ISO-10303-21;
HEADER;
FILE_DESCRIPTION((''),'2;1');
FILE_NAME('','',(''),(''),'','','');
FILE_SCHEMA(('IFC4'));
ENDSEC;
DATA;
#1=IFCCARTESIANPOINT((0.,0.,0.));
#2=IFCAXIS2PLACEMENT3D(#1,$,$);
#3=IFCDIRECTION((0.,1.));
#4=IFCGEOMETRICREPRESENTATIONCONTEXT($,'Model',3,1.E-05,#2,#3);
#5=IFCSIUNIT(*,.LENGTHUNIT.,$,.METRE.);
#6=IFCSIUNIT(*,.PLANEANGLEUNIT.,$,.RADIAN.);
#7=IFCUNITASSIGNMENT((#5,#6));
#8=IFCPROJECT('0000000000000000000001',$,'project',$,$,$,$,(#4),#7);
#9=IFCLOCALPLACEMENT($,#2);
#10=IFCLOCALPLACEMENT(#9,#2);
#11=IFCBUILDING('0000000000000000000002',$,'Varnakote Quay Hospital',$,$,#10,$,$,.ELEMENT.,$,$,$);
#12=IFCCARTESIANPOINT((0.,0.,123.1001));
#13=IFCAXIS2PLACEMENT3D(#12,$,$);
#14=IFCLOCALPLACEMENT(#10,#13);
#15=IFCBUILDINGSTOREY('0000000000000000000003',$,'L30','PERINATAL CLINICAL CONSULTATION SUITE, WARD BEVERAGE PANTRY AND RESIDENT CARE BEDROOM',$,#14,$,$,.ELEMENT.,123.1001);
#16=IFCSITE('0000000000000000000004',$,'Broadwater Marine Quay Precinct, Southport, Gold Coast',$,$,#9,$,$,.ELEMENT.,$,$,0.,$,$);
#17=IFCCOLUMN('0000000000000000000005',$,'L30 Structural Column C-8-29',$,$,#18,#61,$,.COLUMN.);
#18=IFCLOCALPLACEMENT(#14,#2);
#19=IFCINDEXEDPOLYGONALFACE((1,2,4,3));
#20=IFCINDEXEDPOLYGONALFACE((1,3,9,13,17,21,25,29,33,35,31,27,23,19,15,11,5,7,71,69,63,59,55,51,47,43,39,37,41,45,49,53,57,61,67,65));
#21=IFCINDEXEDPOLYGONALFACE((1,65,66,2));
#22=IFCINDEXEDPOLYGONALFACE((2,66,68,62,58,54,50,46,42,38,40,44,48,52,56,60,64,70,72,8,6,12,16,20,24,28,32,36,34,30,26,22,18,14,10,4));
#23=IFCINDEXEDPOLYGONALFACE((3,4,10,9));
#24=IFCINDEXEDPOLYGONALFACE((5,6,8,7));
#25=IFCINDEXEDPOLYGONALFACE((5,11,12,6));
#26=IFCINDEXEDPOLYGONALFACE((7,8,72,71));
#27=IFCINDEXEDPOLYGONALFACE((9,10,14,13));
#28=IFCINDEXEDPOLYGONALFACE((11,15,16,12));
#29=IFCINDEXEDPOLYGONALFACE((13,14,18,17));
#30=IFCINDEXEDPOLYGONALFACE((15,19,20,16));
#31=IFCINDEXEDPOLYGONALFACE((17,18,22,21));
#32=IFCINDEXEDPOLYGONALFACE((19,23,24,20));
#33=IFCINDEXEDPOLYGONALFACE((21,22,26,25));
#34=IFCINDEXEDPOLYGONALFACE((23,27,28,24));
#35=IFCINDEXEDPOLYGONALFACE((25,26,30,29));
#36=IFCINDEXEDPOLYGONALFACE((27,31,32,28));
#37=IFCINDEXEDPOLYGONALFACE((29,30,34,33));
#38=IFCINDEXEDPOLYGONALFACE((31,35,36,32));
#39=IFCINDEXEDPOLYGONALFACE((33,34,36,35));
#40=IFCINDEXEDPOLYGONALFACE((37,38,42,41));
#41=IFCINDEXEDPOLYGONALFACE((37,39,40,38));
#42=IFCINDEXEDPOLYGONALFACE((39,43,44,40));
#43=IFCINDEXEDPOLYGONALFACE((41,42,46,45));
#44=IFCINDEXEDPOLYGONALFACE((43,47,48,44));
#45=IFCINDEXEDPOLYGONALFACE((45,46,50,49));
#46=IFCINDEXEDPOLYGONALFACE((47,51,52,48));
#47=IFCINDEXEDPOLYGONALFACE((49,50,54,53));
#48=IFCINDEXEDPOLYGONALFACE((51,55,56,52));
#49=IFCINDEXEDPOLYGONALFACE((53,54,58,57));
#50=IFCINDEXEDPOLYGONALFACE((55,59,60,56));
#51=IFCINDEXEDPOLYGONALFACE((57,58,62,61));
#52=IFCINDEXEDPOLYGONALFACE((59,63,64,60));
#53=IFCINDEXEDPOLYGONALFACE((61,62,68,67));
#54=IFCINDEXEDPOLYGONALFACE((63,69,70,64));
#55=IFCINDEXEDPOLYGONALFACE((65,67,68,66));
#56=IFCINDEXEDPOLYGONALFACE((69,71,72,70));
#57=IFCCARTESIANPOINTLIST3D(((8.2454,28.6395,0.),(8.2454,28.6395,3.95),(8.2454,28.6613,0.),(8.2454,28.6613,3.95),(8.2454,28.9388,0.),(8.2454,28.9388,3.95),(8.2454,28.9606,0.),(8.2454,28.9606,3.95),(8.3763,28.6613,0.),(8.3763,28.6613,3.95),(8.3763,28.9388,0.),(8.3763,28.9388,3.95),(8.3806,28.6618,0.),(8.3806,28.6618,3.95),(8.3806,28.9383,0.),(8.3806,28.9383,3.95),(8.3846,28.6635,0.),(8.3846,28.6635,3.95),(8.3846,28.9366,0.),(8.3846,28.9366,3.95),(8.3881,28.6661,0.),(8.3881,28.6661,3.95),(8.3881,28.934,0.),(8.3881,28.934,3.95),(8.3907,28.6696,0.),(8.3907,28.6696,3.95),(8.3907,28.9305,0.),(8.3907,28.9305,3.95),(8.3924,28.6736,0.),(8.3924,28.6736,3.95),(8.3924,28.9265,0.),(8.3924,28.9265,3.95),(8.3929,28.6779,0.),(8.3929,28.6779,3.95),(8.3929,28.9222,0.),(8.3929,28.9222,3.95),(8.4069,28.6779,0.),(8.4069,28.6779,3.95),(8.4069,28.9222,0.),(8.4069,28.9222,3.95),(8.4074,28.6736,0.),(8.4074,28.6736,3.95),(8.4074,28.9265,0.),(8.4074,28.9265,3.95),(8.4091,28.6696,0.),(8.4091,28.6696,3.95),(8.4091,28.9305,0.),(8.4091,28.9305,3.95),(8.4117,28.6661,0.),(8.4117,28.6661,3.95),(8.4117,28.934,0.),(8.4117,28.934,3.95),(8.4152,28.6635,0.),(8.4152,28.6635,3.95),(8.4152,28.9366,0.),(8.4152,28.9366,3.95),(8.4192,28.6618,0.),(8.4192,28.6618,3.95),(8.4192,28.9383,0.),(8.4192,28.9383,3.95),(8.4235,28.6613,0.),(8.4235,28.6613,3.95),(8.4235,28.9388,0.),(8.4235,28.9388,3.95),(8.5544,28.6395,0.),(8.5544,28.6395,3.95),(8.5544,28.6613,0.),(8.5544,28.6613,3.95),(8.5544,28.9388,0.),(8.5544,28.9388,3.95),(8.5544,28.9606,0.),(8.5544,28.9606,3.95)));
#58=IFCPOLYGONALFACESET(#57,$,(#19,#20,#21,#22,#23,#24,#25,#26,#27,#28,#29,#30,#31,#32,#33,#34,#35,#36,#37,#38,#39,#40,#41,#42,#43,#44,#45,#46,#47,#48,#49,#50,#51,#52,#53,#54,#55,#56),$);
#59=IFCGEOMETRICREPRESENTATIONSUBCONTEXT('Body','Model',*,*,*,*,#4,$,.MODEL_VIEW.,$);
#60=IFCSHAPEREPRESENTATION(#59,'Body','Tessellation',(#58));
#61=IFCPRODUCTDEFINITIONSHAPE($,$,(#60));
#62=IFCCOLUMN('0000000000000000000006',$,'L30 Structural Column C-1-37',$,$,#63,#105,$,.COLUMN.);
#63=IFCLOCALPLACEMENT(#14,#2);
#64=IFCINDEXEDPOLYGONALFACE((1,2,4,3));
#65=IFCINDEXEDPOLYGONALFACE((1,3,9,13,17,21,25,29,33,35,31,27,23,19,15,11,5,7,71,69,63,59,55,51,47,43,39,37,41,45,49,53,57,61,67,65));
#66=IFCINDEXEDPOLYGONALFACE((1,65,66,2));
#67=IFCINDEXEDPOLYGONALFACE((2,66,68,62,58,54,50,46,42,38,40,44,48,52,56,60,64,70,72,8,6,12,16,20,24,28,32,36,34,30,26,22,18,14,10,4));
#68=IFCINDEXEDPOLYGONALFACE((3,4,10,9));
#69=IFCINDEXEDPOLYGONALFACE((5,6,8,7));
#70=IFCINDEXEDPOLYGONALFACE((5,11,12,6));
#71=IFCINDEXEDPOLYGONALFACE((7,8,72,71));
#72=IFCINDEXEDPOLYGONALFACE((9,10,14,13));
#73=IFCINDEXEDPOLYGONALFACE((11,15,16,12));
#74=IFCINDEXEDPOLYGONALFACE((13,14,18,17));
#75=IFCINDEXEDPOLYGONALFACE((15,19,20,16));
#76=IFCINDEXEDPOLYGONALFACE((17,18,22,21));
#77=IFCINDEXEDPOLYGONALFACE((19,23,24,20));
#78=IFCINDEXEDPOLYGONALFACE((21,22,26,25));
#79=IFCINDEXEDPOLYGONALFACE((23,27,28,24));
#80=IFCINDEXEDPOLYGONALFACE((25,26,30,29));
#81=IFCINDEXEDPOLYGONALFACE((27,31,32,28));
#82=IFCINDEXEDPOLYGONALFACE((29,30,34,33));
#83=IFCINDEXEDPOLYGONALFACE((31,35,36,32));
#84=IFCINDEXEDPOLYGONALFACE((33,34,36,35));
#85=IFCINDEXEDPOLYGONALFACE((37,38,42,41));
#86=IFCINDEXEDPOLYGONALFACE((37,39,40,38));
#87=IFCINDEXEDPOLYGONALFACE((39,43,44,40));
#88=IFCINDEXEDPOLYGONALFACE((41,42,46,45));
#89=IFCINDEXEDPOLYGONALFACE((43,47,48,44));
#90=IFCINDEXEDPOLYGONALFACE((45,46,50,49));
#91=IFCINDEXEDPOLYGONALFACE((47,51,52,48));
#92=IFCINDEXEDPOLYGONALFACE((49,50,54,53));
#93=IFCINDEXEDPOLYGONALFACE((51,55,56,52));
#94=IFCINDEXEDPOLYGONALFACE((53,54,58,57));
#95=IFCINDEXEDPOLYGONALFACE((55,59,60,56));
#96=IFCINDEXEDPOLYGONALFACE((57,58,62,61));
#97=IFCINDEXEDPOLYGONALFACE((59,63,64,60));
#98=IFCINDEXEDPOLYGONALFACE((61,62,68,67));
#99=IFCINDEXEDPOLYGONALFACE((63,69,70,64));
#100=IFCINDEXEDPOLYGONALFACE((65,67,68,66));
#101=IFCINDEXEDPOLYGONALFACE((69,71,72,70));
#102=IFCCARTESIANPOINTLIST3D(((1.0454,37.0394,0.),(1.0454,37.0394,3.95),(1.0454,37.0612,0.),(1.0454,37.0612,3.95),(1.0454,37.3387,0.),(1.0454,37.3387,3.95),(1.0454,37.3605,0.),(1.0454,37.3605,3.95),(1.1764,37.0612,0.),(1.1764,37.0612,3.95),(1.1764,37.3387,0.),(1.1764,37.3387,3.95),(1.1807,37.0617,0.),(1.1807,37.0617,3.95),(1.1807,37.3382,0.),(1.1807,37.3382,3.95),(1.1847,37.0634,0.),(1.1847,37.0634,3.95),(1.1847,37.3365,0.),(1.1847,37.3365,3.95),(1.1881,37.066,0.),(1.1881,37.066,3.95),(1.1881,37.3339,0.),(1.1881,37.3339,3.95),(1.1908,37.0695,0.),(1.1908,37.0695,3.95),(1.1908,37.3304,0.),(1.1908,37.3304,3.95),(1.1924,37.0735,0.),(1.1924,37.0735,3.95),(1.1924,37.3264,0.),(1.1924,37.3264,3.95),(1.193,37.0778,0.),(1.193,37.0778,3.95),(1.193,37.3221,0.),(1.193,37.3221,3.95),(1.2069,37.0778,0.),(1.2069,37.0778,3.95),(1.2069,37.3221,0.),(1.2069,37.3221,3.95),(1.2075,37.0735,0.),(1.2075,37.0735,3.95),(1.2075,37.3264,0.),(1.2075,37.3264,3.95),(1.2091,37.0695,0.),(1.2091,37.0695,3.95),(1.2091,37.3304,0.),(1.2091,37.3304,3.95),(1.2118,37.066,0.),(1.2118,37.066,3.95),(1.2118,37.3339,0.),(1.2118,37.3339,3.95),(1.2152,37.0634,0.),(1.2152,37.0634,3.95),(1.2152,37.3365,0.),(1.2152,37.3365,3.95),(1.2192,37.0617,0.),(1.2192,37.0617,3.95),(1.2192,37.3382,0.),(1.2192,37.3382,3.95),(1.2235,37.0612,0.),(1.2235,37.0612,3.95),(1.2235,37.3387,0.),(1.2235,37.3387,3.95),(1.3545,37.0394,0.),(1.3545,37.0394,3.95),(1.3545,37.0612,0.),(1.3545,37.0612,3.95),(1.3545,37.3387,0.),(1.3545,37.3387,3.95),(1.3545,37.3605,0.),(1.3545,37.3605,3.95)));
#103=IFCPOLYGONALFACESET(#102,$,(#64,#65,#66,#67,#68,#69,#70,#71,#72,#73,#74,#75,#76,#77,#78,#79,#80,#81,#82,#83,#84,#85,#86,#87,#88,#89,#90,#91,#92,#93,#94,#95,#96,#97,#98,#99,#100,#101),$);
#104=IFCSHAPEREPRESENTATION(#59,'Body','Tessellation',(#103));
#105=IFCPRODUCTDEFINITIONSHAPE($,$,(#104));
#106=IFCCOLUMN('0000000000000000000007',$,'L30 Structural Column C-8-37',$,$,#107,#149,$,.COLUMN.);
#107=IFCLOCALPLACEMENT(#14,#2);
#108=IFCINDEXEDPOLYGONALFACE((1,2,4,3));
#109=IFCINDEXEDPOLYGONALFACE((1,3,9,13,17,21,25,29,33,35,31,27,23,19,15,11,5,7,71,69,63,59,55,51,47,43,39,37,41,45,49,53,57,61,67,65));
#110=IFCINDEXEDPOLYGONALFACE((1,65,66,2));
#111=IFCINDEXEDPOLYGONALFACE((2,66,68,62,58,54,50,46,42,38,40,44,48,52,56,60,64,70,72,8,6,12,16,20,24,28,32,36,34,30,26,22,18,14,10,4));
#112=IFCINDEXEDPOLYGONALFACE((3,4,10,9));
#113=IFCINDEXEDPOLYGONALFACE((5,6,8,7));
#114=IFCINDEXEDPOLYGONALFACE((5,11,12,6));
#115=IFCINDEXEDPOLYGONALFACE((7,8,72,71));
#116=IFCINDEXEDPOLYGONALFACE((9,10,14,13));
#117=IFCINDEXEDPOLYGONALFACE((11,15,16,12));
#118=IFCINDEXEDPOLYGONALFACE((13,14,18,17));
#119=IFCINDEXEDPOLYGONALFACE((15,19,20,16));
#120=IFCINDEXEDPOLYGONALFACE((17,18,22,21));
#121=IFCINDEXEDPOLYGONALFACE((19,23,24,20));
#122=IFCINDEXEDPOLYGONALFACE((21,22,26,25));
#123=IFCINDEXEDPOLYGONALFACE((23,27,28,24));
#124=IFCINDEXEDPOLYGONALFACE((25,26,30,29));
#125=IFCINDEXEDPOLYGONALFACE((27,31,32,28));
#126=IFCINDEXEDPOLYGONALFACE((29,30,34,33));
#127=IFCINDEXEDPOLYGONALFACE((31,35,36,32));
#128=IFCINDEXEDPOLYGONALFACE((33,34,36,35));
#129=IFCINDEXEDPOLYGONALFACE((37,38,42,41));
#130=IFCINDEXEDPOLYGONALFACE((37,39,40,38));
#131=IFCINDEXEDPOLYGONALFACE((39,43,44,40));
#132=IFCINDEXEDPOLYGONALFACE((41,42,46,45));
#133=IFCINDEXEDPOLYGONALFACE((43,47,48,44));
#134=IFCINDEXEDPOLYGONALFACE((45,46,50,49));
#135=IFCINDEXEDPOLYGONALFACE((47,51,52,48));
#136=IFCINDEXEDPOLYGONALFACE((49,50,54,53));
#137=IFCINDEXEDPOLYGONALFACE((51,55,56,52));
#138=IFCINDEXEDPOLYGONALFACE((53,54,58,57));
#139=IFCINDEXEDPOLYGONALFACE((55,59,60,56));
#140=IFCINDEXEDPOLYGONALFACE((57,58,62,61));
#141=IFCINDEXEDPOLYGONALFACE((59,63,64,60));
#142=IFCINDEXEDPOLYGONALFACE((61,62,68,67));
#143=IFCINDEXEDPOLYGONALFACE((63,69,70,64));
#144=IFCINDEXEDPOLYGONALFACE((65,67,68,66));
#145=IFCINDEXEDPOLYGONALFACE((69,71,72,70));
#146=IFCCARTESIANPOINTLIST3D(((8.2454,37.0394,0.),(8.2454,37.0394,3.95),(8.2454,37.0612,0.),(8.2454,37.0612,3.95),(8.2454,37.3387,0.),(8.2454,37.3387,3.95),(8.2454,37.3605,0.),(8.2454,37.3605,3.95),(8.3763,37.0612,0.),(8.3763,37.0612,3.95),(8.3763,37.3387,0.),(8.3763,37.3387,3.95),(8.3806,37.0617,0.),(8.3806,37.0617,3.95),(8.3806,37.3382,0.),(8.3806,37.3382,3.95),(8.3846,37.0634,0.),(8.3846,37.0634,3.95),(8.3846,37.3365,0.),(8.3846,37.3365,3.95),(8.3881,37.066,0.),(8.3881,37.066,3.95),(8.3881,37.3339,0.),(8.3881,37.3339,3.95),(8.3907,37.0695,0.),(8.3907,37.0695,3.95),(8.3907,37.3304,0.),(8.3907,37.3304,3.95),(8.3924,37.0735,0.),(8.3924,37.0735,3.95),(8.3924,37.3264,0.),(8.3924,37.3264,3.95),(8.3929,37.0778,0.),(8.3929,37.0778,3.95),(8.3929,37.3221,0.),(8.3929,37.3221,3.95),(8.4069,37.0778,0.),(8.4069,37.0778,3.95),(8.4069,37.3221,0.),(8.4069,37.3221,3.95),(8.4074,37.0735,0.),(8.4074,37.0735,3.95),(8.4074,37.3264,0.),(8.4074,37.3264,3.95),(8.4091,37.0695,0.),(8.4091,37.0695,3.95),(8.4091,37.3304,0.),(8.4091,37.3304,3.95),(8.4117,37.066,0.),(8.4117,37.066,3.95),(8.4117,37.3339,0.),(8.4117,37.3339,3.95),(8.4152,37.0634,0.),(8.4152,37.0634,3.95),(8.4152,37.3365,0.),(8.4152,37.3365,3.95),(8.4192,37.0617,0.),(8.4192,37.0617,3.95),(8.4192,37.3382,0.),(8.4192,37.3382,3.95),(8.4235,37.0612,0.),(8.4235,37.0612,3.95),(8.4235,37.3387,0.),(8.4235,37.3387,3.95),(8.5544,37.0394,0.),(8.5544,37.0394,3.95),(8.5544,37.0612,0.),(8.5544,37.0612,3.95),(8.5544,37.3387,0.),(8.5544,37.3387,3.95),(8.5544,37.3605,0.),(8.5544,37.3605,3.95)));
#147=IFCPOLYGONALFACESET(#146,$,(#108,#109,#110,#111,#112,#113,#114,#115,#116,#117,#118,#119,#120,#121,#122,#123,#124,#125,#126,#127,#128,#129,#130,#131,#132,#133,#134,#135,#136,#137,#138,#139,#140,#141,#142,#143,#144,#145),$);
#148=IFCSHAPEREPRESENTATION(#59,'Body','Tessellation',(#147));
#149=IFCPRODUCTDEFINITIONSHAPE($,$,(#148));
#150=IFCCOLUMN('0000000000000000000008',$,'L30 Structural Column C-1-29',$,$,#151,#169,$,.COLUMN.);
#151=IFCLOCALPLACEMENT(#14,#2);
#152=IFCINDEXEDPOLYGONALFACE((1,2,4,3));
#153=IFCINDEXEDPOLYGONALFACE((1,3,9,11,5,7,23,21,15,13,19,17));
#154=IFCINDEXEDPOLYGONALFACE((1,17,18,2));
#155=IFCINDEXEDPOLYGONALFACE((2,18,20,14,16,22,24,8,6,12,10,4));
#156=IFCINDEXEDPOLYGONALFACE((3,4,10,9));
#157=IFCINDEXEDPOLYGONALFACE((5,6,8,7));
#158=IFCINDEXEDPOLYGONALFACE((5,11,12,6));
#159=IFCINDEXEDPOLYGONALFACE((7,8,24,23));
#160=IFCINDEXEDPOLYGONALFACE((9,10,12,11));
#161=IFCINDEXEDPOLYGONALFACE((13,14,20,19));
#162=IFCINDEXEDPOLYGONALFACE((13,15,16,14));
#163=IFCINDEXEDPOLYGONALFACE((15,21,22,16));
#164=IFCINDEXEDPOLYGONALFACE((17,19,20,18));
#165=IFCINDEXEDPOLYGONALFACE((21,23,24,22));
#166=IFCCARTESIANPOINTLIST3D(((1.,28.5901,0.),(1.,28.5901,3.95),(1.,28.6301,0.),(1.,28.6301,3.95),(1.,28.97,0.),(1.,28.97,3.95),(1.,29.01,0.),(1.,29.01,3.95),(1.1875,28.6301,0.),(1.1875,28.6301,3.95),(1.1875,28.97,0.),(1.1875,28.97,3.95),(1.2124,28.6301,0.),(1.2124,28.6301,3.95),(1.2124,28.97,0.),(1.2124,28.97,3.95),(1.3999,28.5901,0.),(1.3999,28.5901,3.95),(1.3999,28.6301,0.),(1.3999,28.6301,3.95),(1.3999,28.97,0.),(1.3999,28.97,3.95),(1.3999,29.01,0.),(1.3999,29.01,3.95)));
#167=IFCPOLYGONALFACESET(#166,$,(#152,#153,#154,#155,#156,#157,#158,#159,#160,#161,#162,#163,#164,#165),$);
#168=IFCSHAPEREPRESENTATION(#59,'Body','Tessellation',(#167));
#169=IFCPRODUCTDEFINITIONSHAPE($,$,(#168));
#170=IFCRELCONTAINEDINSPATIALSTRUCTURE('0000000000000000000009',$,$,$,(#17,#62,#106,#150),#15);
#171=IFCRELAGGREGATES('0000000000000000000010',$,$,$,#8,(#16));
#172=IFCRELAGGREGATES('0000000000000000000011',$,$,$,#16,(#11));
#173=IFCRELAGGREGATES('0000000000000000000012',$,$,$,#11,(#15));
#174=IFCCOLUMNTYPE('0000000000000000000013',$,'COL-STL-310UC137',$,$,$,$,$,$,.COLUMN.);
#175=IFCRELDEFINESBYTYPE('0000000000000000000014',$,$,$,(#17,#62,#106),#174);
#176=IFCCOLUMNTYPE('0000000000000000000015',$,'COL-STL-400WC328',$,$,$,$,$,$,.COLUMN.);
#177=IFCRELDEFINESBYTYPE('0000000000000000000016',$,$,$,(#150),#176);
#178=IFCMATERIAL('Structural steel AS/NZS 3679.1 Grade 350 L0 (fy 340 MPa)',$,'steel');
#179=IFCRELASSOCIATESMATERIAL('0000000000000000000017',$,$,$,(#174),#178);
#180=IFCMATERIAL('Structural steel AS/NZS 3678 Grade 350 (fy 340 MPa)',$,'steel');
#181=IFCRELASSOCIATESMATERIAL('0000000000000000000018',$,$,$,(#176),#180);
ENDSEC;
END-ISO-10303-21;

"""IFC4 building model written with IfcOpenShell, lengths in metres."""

from ifc_helpers import new_model, si_unit, direction, frame, origin, origin_2d, place, context, subcontext, project, spatial, i_section, extrude, material, material_profile, profile_set, type_object, element, save


model = new_model("IFC4")

# Units and contexts
model_context = context("Model", 3, precision=1e-05, world=origin(), true_north=direction((0.0, 1.0)))
body_context = subcontext(model_context, "Body", "Model", "MODEL_VIEW")
ifc_project = project(units=[si_unit("LENGTHUNIT", "METRE"), si_unit("PLANEANGLEUNIT", "RADIAN")], contexts=[model_context])

# Site, building, storey
site_placement = place(None, origin())
site = spatial("IfcSite", under=ifc_project, at=site_placement, Name="Broadwater Marine Quay Precinct, Southport, Gold Coast", CompositionType="ELEMENT", RefElevation=0.0)
building_placement = place(site_placement, origin())
building = spatial("IfcBuilding", under=site, at=building_placement, Name="Varnakote Quay Hospital", CompositionType="ELEMENT")
storey_placement = place(building_placement, frame((0.0, 0.0, 123.1001)))
storey = spatial("IfcBuildingStorey", under=building, at=storey_placement, Name="L30", Description="PERINATAL CLINICAL CONSULTATION SUITE, WARD BEVERAGE PANTRY AND RESIDENT CARE BEDROOM", CompositionType="ELEMENT", Elevation=123.1001)

# Columns
ifc_material_1 = material(Name="Structural steel AS/NZS 3679.1 Grade 350 L0 (fy 340 MPa)", Category="steel")
ifc_material_profile_1 = material_profile(ifc_material_1, i_section(OverallWidth=0.3091, OverallDepth=0.321, WebThickness=0.0139, FlangeThickness=0.0217, FilletRadius=0.0166, at=origin_2d()), Name="310UC137")
ifc_profile_set_1 = profile_set([ifc_material_profile_1], Name="Structural steel AS/NZS 3679.1 Grade 350 L0 (fy 340 MPa)")
column_type_1 = type_object("IfcColumnType", Name="COL-STL-310UC137", PredefinedType="COLUMN", material=ifc_profile_set_1)
for number, where, z_axis, x_axis, name in (
    (1, (8.3999, 28.8, 0.0), (0.0, 0.0, 1.0), (1.0, 0.0, 0.0), "L30 Structural Column C-8-29"),
    (2, (1.2, 37.2, 0.0), (0.0, 0.0, 1.0), (1.0, 0.0, 0.0), "L30 Structural Column C-1-37"),
    (3, (8.3999, 37.2, 0.0), (0.0, 0.0, 1.0), (1.0, 0.0, 0.0), "L30 Structural Column C-8-37"),
):
    element("IfcColumn", number, at=place(storey_placement, frame(where, z_axis=z_axis, x_axis=x_axis)), inside=storey, type_object=column_type_1, Name=name, PredefinedType="COLUMN", context=body_context, shape_type="SweptSolid", body=[
        extrude(i_section(OverallWidth=0.3091, OverallDepth=0.321, WebThickness=0.0139, FlangeThickness=0.0217, FilletRadius=0.0166, at=origin_2d()), origin(), (0.0, 0.0, 1.0), 3.95),
    ])
ifc_material_2 = material(Name="Structural steel AS/NZS 3678 Grade 350 (fy 340 MPa)", Category="steel")
ifc_material_profile_2 = material_profile(ifc_material_2, i_section(OverallWidth=0.3999, OverallDepth=0.4199, WebThickness=0.0249, FlangeThickness=0.04, at=origin_2d()), Name="400WC328")
ifc_profile_set_2 = profile_set([ifc_material_profile_2], Name="Structural steel AS/NZS 3678 Grade 350 (fy 340 MPa)")
column_type_2 = type_object("IfcColumnType", Name="COL-STL-400WC328", PredefinedType="COLUMN", material=ifc_profile_set_2)
column_placement = place(storey_placement, frame((1.2, 28.8, 0.0), z_axis=(0.0, 0.0, 1.0), x_axis=(1.0, 0.0, 0.0)))
element("IfcColumn", 4, at=column_placement, inside=storey, type_object=column_type_2, Name="L30 Structural Column C-1-29", PredefinedType="COLUMN", context=body_context, shape_type="SweptSolid", body=[
    extrude(i_section(OverallWidth=0.3999, OverallDepth=0.4199, WebThickness=0.0249, FlangeThickness=0.04, at=origin_2d()), origin(), (0.0, 0.0, 1.0), 3.95),
])

save(model, "model.ifc")
